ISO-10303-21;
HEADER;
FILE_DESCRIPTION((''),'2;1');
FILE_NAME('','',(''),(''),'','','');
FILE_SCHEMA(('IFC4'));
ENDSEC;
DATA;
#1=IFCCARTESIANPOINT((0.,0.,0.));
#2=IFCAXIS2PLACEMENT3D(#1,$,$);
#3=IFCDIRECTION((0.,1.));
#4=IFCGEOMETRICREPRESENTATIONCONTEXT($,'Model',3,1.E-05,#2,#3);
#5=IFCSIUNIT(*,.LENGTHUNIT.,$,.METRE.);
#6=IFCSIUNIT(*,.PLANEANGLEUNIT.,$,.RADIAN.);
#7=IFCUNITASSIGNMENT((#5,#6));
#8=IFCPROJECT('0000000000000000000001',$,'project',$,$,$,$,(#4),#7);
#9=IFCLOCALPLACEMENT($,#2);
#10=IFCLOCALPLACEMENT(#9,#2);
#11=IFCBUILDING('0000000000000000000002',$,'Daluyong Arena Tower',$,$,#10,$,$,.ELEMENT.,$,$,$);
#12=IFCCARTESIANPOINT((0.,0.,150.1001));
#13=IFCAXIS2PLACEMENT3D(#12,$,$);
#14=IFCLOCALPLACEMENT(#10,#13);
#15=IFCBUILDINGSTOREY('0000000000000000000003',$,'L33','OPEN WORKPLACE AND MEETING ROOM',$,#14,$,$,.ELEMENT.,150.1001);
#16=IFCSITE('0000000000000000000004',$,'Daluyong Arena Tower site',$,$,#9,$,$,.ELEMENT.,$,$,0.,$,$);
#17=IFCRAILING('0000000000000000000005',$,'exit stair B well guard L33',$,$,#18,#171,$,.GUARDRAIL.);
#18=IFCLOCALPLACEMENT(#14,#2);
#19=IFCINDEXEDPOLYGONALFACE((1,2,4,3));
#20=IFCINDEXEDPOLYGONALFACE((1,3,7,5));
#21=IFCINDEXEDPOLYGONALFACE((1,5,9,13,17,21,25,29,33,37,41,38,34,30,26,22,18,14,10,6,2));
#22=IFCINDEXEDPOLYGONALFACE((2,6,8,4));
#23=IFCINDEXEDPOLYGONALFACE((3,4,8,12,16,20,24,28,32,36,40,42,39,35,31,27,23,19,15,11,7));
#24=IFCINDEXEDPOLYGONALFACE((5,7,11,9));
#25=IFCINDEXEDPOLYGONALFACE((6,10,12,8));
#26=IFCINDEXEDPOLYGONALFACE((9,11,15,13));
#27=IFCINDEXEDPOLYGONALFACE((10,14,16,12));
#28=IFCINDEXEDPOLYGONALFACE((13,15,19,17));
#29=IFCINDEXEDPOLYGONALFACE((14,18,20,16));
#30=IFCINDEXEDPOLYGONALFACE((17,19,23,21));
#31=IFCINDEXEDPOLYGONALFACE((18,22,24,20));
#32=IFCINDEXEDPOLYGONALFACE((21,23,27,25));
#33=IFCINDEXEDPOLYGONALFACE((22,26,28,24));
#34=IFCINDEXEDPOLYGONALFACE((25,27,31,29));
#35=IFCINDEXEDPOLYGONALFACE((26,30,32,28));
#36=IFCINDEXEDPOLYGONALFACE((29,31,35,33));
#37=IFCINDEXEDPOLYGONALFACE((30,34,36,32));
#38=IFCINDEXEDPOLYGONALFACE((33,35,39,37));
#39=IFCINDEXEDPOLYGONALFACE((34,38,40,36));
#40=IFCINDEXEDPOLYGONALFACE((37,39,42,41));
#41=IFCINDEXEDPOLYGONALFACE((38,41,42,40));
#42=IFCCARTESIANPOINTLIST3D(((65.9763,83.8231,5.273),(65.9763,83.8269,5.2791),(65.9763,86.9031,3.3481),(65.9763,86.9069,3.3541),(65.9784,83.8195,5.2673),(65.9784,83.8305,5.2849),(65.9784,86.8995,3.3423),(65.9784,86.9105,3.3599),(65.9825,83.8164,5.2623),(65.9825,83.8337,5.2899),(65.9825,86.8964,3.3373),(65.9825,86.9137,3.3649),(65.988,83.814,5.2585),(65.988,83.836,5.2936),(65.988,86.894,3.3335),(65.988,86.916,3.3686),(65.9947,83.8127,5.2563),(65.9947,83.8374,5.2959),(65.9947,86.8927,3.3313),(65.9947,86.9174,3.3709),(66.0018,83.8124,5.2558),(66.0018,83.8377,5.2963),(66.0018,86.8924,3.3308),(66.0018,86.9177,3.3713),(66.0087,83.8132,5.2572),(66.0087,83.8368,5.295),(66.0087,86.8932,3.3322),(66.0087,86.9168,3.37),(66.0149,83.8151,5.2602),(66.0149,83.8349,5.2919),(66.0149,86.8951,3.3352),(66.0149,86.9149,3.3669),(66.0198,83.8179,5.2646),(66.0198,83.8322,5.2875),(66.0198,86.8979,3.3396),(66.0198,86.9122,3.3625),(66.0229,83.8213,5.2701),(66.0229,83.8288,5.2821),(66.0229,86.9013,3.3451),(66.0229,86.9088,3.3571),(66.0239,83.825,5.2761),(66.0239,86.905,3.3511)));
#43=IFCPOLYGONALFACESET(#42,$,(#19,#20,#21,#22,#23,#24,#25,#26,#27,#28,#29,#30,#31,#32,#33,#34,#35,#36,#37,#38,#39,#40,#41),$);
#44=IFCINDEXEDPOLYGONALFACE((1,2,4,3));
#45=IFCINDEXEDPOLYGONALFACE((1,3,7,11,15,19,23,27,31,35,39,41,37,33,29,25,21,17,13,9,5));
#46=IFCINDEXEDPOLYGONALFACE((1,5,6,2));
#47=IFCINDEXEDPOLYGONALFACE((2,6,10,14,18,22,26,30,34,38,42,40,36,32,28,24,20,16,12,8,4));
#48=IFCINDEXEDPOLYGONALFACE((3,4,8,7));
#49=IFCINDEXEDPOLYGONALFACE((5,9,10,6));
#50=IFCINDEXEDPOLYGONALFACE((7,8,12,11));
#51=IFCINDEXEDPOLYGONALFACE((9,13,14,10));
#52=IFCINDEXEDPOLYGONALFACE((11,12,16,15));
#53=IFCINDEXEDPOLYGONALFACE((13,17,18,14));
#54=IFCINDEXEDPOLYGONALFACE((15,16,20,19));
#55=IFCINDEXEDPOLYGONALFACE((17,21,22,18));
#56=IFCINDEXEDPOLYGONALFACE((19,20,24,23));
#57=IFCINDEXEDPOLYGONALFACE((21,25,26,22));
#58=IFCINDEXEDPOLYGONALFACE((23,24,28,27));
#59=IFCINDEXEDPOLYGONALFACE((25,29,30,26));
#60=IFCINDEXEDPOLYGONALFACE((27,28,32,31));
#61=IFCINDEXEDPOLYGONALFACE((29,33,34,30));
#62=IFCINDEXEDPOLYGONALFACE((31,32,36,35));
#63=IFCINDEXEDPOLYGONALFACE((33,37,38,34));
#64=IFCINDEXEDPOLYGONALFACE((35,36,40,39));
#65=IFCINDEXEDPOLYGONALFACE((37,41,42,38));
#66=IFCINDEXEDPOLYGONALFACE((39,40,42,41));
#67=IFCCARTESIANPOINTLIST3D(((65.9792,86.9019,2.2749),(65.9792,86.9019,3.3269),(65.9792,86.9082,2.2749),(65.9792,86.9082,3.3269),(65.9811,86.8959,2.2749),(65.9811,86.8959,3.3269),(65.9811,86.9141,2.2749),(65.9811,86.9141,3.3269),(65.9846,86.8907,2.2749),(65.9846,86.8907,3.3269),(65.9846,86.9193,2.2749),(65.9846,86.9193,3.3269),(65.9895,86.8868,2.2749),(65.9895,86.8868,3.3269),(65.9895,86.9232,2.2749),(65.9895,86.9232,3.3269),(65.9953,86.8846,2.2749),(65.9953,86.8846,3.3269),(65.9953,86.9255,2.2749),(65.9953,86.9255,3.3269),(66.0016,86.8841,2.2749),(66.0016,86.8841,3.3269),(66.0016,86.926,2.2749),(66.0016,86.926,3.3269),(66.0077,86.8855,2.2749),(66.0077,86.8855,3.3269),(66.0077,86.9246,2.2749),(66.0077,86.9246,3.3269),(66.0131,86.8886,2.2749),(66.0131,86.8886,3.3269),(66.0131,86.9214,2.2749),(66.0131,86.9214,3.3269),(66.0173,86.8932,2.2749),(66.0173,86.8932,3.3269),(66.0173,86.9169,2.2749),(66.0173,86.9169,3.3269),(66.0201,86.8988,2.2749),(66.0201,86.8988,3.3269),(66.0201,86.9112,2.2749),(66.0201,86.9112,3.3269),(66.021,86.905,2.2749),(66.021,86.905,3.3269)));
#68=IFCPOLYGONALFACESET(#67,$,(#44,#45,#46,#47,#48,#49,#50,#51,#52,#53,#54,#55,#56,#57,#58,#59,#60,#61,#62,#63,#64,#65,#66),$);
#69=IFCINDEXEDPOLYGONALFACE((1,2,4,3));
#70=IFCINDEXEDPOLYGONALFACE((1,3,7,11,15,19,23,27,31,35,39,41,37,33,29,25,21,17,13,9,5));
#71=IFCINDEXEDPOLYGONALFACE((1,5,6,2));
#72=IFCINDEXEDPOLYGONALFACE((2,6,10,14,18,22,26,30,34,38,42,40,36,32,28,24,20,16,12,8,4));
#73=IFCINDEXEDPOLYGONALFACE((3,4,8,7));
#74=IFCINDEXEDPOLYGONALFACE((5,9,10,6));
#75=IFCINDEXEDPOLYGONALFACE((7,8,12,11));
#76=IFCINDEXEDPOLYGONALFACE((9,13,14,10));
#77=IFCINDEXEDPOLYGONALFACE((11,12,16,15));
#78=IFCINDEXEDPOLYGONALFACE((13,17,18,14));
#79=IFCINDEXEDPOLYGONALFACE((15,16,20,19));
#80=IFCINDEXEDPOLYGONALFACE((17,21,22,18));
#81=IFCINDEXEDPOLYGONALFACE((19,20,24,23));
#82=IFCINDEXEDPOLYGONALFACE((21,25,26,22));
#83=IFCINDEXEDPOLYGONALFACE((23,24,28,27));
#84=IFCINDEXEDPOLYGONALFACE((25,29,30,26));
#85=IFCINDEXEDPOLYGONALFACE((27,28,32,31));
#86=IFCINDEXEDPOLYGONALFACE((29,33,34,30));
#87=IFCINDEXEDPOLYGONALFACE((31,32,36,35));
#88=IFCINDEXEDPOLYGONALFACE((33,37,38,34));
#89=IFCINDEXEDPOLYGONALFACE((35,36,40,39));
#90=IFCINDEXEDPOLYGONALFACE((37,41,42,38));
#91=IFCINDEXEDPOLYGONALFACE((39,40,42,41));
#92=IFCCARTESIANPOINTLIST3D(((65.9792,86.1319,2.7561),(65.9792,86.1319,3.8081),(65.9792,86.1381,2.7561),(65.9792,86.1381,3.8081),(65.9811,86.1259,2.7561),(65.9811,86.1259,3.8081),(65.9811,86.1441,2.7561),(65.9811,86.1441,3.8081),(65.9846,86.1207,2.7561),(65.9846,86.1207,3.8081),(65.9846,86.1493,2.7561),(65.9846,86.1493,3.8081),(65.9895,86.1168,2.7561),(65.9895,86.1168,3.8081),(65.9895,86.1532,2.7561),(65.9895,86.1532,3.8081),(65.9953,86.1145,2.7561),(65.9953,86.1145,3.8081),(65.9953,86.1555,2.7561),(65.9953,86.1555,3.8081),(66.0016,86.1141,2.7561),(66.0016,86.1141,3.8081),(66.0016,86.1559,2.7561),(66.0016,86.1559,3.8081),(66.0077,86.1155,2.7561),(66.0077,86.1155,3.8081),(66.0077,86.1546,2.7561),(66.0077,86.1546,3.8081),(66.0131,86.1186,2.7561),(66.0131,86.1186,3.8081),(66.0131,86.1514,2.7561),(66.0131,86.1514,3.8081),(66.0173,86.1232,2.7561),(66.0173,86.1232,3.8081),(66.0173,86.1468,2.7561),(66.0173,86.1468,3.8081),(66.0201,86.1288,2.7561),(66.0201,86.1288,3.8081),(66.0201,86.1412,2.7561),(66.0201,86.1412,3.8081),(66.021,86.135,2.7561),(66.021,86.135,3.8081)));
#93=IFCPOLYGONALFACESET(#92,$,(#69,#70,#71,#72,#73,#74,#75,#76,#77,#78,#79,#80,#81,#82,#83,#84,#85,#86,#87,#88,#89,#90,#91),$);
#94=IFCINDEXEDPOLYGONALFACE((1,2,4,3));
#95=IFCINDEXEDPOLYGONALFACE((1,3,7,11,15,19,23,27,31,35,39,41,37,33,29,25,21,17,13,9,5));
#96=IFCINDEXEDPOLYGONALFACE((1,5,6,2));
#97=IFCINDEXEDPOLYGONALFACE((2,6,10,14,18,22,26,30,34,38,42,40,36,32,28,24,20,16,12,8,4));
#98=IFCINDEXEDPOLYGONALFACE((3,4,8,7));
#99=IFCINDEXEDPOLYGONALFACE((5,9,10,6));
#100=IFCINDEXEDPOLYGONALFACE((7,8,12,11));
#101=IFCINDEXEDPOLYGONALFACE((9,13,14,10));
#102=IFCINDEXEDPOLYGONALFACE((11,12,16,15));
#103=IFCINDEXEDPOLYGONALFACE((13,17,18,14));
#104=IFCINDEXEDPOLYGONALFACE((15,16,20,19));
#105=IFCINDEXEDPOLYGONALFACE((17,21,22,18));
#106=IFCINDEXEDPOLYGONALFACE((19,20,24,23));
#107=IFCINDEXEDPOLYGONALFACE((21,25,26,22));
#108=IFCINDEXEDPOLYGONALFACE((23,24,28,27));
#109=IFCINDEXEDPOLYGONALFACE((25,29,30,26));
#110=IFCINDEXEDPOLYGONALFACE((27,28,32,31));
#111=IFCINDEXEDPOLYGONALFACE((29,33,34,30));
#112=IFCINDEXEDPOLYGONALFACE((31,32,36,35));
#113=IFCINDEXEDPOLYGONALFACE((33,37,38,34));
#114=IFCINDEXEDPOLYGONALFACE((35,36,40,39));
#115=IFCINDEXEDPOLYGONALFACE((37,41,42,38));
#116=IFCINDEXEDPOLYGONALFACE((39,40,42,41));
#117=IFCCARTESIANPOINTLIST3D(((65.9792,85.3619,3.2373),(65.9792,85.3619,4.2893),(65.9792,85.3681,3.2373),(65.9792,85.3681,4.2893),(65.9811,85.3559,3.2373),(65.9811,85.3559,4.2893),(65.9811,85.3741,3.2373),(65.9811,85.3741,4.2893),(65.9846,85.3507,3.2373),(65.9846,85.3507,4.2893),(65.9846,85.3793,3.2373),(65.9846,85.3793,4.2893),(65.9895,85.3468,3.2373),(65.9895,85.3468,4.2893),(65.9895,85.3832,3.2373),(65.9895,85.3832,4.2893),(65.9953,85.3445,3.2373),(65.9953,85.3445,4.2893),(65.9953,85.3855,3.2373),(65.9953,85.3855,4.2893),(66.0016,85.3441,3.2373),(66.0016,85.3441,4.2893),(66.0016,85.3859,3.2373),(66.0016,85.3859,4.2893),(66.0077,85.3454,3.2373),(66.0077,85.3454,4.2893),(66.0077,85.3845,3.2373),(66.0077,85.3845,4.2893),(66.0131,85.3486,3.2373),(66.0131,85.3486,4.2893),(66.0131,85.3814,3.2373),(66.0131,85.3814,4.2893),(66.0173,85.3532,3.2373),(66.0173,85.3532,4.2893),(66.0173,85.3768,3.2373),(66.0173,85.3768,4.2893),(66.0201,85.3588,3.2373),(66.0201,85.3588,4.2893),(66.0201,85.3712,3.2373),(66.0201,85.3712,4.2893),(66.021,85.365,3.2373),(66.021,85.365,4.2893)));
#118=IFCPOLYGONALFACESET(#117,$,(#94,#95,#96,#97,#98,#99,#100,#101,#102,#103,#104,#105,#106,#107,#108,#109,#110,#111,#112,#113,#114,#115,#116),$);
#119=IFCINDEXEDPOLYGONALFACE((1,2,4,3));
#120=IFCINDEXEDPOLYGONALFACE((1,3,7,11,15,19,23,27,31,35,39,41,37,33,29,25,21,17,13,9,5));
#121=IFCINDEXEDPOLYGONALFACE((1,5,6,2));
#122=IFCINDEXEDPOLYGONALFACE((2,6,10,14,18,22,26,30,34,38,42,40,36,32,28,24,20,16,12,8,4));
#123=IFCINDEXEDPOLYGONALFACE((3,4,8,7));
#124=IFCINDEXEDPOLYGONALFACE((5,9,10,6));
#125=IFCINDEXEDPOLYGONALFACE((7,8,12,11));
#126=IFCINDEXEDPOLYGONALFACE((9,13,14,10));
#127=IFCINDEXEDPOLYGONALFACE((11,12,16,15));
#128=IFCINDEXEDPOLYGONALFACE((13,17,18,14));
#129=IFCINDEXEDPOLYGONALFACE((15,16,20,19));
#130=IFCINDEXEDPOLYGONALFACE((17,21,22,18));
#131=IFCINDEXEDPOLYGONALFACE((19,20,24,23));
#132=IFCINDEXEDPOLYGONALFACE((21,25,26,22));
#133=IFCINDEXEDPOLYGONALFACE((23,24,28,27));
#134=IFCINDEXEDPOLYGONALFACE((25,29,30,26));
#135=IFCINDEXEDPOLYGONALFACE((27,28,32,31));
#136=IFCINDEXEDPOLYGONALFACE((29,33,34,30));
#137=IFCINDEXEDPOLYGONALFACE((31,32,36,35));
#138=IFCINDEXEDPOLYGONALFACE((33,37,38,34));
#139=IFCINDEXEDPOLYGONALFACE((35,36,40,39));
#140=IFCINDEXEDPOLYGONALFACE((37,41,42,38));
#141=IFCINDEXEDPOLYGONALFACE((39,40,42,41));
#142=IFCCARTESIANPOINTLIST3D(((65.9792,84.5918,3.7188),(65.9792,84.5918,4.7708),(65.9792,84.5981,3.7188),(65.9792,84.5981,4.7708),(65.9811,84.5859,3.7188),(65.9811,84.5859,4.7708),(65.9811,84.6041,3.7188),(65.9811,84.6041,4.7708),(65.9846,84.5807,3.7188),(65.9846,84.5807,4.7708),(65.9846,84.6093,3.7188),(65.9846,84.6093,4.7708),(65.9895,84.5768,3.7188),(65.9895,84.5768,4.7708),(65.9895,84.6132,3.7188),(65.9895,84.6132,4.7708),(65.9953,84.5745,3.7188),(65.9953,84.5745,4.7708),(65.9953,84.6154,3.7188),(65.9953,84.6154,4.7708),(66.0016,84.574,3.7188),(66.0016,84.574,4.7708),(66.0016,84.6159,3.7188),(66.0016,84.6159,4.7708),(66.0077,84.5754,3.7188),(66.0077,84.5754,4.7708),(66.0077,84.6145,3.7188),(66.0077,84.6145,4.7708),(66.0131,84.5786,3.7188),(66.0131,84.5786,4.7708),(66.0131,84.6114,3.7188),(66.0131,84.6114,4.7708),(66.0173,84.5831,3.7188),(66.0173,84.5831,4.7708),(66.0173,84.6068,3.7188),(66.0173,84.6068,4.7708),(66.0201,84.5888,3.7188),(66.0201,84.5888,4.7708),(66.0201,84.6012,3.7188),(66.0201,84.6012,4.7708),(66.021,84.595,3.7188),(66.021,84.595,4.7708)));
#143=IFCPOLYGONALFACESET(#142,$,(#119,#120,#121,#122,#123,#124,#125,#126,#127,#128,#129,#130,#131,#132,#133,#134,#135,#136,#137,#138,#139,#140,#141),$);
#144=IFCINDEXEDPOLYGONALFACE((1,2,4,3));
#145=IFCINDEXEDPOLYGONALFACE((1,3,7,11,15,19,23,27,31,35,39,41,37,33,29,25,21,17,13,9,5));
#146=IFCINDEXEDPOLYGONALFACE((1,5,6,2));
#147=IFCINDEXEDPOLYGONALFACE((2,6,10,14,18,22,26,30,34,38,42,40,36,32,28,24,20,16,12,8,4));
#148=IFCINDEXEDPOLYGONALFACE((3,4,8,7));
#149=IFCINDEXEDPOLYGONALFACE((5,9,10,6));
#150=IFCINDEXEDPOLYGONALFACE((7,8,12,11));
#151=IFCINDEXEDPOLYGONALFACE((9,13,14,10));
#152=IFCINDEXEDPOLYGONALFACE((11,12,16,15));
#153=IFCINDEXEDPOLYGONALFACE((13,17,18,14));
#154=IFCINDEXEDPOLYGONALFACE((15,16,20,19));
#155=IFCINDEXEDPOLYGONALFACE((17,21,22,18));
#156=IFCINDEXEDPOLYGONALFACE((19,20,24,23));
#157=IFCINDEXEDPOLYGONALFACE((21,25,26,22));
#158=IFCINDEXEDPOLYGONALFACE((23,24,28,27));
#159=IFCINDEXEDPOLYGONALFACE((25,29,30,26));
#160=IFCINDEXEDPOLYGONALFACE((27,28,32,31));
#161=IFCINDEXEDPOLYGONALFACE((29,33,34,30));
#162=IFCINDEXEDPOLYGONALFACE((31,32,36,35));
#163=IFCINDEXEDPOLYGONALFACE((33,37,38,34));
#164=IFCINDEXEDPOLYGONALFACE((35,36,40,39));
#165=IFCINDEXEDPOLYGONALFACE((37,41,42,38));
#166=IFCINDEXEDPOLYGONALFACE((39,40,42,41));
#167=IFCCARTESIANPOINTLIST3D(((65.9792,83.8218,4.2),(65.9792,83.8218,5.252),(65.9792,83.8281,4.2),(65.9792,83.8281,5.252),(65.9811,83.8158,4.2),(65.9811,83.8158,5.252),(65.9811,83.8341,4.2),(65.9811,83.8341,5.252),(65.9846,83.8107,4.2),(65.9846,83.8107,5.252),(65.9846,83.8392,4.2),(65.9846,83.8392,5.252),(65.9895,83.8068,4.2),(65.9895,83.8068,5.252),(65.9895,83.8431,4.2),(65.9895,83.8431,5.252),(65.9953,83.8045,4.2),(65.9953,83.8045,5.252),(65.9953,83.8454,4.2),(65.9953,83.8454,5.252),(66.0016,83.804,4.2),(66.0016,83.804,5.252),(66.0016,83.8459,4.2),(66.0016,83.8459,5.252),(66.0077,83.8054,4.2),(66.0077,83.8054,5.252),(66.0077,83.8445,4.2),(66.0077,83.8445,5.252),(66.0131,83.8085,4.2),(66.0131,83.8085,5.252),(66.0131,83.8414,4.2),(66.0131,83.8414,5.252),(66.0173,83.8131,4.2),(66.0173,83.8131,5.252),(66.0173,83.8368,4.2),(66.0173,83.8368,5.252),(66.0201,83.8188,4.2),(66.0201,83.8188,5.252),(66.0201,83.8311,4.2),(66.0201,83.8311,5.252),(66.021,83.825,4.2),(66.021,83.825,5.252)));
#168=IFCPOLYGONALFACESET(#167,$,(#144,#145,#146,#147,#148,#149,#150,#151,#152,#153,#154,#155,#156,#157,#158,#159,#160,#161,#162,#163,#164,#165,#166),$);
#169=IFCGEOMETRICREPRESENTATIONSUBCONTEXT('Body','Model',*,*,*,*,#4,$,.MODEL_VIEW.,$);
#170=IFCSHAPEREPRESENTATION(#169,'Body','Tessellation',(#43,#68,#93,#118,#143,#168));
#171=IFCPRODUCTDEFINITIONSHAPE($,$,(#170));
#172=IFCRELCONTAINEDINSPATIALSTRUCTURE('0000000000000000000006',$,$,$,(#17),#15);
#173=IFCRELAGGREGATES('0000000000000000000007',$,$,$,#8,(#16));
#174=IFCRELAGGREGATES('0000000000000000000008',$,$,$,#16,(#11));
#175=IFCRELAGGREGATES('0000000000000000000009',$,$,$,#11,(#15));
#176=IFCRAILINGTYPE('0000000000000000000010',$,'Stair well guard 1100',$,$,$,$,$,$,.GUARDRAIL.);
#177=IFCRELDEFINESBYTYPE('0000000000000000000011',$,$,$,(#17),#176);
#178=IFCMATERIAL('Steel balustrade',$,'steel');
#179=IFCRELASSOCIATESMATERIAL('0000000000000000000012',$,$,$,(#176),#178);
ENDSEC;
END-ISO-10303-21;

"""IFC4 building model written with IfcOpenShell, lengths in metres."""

from ifc_helpers import new_model, si_unit, direction, frame, origin, origin_2d, place, context, subcontext, project, spatial, circle, extrude, material, type_object, element, save


model = new_model("IFC4")

# Units and contexts
model_context = context("Model", 3, precision=1e-05, world=origin(), true_north=direction((0.0, 1.0)))
body_context = subcontext(model_context, "Body", "Model", "MODEL_VIEW")
ifc_project = project(units=[si_unit("LENGTHUNIT", "METRE"), si_unit("PLANEANGLEUNIT", "RADIAN")], contexts=[model_context])

# Site, building, storey
site_placement = place(None, origin())
site = spatial("IfcSite", under=ifc_project, at=site_placement, Name="Daluyong Arena Tower site", CompositionType="ELEMENT", RefElevation=0.0)
building_placement = place(site_placement, origin())
building = spatial("IfcBuilding", under=site, at=building_placement, Name="Daluyong Arena Tower", CompositionType="ELEMENT")
storey_placement = place(building_placement, frame((0.0, 0.0, 150.1001)))
storey = spatial("IfcBuildingStorey", under=building, at=storey_placement, Name="L33", Description="OPEN WORKPLACE AND MEETING ROOM", CompositionType="ELEMENT", Elevation=150.1001)

# Railing
ifc_material_1 = material(Name="Steel balustrade", Category="steel")
railing_type_1 = type_object("IfcRailingType", Name="Stair well guard 1100", PredefinedType="GUARDRAIL", material=ifc_material_1)
railing_1_placement = place(storey_placement, frame((66.0, 86.905, 2.2749)))
element("IfcRailing", 1, at=railing_1_placement, inside=storey, type_object=railing_type_1, Name="exit stair B well guard L33", PredefinedType="GUARDRAIL", context=body_context, shape_type="SweptSolid", body=[
    extrude(circle(Radius=0.0239, at=origin_2d()), frame((0.0, 0.0, 1.0762), z_axis=(0.0, -0.847998, 0.529999), x_axis=(1.0, 0.0, 0.0)), (0.0, 0.0, 1.0), 3.6321),
    extrude(circle(Radius=0.021, at=origin_2d()), origin(), (0.0, 0.0, 1.0), 1.052),
    extrude(circle(Radius=0.021, at=origin_2d()), frame((0.0, -0.77, 0.4812)), (0.0, 0.0, 1.0), 1.052),
    extrude(circle(Radius=0.021, at=origin_2d()), frame((0.0, -1.54, 0.9624)), (0.0, 0.0, 1.0), 1.052),
    extrude(circle(Radius=0.021, at=origin_2d()), frame((0.0, -2.3101, 1.4438)), (0.0, 0.0, 1.0), 1.052),
    extrude(circle(Radius=0.021, at=origin_2d()), frame((0.0, -3.0801, 1.925)), (0.0, 0.0, 1.0), 1.052),
])

save(model, "model.ifc")
